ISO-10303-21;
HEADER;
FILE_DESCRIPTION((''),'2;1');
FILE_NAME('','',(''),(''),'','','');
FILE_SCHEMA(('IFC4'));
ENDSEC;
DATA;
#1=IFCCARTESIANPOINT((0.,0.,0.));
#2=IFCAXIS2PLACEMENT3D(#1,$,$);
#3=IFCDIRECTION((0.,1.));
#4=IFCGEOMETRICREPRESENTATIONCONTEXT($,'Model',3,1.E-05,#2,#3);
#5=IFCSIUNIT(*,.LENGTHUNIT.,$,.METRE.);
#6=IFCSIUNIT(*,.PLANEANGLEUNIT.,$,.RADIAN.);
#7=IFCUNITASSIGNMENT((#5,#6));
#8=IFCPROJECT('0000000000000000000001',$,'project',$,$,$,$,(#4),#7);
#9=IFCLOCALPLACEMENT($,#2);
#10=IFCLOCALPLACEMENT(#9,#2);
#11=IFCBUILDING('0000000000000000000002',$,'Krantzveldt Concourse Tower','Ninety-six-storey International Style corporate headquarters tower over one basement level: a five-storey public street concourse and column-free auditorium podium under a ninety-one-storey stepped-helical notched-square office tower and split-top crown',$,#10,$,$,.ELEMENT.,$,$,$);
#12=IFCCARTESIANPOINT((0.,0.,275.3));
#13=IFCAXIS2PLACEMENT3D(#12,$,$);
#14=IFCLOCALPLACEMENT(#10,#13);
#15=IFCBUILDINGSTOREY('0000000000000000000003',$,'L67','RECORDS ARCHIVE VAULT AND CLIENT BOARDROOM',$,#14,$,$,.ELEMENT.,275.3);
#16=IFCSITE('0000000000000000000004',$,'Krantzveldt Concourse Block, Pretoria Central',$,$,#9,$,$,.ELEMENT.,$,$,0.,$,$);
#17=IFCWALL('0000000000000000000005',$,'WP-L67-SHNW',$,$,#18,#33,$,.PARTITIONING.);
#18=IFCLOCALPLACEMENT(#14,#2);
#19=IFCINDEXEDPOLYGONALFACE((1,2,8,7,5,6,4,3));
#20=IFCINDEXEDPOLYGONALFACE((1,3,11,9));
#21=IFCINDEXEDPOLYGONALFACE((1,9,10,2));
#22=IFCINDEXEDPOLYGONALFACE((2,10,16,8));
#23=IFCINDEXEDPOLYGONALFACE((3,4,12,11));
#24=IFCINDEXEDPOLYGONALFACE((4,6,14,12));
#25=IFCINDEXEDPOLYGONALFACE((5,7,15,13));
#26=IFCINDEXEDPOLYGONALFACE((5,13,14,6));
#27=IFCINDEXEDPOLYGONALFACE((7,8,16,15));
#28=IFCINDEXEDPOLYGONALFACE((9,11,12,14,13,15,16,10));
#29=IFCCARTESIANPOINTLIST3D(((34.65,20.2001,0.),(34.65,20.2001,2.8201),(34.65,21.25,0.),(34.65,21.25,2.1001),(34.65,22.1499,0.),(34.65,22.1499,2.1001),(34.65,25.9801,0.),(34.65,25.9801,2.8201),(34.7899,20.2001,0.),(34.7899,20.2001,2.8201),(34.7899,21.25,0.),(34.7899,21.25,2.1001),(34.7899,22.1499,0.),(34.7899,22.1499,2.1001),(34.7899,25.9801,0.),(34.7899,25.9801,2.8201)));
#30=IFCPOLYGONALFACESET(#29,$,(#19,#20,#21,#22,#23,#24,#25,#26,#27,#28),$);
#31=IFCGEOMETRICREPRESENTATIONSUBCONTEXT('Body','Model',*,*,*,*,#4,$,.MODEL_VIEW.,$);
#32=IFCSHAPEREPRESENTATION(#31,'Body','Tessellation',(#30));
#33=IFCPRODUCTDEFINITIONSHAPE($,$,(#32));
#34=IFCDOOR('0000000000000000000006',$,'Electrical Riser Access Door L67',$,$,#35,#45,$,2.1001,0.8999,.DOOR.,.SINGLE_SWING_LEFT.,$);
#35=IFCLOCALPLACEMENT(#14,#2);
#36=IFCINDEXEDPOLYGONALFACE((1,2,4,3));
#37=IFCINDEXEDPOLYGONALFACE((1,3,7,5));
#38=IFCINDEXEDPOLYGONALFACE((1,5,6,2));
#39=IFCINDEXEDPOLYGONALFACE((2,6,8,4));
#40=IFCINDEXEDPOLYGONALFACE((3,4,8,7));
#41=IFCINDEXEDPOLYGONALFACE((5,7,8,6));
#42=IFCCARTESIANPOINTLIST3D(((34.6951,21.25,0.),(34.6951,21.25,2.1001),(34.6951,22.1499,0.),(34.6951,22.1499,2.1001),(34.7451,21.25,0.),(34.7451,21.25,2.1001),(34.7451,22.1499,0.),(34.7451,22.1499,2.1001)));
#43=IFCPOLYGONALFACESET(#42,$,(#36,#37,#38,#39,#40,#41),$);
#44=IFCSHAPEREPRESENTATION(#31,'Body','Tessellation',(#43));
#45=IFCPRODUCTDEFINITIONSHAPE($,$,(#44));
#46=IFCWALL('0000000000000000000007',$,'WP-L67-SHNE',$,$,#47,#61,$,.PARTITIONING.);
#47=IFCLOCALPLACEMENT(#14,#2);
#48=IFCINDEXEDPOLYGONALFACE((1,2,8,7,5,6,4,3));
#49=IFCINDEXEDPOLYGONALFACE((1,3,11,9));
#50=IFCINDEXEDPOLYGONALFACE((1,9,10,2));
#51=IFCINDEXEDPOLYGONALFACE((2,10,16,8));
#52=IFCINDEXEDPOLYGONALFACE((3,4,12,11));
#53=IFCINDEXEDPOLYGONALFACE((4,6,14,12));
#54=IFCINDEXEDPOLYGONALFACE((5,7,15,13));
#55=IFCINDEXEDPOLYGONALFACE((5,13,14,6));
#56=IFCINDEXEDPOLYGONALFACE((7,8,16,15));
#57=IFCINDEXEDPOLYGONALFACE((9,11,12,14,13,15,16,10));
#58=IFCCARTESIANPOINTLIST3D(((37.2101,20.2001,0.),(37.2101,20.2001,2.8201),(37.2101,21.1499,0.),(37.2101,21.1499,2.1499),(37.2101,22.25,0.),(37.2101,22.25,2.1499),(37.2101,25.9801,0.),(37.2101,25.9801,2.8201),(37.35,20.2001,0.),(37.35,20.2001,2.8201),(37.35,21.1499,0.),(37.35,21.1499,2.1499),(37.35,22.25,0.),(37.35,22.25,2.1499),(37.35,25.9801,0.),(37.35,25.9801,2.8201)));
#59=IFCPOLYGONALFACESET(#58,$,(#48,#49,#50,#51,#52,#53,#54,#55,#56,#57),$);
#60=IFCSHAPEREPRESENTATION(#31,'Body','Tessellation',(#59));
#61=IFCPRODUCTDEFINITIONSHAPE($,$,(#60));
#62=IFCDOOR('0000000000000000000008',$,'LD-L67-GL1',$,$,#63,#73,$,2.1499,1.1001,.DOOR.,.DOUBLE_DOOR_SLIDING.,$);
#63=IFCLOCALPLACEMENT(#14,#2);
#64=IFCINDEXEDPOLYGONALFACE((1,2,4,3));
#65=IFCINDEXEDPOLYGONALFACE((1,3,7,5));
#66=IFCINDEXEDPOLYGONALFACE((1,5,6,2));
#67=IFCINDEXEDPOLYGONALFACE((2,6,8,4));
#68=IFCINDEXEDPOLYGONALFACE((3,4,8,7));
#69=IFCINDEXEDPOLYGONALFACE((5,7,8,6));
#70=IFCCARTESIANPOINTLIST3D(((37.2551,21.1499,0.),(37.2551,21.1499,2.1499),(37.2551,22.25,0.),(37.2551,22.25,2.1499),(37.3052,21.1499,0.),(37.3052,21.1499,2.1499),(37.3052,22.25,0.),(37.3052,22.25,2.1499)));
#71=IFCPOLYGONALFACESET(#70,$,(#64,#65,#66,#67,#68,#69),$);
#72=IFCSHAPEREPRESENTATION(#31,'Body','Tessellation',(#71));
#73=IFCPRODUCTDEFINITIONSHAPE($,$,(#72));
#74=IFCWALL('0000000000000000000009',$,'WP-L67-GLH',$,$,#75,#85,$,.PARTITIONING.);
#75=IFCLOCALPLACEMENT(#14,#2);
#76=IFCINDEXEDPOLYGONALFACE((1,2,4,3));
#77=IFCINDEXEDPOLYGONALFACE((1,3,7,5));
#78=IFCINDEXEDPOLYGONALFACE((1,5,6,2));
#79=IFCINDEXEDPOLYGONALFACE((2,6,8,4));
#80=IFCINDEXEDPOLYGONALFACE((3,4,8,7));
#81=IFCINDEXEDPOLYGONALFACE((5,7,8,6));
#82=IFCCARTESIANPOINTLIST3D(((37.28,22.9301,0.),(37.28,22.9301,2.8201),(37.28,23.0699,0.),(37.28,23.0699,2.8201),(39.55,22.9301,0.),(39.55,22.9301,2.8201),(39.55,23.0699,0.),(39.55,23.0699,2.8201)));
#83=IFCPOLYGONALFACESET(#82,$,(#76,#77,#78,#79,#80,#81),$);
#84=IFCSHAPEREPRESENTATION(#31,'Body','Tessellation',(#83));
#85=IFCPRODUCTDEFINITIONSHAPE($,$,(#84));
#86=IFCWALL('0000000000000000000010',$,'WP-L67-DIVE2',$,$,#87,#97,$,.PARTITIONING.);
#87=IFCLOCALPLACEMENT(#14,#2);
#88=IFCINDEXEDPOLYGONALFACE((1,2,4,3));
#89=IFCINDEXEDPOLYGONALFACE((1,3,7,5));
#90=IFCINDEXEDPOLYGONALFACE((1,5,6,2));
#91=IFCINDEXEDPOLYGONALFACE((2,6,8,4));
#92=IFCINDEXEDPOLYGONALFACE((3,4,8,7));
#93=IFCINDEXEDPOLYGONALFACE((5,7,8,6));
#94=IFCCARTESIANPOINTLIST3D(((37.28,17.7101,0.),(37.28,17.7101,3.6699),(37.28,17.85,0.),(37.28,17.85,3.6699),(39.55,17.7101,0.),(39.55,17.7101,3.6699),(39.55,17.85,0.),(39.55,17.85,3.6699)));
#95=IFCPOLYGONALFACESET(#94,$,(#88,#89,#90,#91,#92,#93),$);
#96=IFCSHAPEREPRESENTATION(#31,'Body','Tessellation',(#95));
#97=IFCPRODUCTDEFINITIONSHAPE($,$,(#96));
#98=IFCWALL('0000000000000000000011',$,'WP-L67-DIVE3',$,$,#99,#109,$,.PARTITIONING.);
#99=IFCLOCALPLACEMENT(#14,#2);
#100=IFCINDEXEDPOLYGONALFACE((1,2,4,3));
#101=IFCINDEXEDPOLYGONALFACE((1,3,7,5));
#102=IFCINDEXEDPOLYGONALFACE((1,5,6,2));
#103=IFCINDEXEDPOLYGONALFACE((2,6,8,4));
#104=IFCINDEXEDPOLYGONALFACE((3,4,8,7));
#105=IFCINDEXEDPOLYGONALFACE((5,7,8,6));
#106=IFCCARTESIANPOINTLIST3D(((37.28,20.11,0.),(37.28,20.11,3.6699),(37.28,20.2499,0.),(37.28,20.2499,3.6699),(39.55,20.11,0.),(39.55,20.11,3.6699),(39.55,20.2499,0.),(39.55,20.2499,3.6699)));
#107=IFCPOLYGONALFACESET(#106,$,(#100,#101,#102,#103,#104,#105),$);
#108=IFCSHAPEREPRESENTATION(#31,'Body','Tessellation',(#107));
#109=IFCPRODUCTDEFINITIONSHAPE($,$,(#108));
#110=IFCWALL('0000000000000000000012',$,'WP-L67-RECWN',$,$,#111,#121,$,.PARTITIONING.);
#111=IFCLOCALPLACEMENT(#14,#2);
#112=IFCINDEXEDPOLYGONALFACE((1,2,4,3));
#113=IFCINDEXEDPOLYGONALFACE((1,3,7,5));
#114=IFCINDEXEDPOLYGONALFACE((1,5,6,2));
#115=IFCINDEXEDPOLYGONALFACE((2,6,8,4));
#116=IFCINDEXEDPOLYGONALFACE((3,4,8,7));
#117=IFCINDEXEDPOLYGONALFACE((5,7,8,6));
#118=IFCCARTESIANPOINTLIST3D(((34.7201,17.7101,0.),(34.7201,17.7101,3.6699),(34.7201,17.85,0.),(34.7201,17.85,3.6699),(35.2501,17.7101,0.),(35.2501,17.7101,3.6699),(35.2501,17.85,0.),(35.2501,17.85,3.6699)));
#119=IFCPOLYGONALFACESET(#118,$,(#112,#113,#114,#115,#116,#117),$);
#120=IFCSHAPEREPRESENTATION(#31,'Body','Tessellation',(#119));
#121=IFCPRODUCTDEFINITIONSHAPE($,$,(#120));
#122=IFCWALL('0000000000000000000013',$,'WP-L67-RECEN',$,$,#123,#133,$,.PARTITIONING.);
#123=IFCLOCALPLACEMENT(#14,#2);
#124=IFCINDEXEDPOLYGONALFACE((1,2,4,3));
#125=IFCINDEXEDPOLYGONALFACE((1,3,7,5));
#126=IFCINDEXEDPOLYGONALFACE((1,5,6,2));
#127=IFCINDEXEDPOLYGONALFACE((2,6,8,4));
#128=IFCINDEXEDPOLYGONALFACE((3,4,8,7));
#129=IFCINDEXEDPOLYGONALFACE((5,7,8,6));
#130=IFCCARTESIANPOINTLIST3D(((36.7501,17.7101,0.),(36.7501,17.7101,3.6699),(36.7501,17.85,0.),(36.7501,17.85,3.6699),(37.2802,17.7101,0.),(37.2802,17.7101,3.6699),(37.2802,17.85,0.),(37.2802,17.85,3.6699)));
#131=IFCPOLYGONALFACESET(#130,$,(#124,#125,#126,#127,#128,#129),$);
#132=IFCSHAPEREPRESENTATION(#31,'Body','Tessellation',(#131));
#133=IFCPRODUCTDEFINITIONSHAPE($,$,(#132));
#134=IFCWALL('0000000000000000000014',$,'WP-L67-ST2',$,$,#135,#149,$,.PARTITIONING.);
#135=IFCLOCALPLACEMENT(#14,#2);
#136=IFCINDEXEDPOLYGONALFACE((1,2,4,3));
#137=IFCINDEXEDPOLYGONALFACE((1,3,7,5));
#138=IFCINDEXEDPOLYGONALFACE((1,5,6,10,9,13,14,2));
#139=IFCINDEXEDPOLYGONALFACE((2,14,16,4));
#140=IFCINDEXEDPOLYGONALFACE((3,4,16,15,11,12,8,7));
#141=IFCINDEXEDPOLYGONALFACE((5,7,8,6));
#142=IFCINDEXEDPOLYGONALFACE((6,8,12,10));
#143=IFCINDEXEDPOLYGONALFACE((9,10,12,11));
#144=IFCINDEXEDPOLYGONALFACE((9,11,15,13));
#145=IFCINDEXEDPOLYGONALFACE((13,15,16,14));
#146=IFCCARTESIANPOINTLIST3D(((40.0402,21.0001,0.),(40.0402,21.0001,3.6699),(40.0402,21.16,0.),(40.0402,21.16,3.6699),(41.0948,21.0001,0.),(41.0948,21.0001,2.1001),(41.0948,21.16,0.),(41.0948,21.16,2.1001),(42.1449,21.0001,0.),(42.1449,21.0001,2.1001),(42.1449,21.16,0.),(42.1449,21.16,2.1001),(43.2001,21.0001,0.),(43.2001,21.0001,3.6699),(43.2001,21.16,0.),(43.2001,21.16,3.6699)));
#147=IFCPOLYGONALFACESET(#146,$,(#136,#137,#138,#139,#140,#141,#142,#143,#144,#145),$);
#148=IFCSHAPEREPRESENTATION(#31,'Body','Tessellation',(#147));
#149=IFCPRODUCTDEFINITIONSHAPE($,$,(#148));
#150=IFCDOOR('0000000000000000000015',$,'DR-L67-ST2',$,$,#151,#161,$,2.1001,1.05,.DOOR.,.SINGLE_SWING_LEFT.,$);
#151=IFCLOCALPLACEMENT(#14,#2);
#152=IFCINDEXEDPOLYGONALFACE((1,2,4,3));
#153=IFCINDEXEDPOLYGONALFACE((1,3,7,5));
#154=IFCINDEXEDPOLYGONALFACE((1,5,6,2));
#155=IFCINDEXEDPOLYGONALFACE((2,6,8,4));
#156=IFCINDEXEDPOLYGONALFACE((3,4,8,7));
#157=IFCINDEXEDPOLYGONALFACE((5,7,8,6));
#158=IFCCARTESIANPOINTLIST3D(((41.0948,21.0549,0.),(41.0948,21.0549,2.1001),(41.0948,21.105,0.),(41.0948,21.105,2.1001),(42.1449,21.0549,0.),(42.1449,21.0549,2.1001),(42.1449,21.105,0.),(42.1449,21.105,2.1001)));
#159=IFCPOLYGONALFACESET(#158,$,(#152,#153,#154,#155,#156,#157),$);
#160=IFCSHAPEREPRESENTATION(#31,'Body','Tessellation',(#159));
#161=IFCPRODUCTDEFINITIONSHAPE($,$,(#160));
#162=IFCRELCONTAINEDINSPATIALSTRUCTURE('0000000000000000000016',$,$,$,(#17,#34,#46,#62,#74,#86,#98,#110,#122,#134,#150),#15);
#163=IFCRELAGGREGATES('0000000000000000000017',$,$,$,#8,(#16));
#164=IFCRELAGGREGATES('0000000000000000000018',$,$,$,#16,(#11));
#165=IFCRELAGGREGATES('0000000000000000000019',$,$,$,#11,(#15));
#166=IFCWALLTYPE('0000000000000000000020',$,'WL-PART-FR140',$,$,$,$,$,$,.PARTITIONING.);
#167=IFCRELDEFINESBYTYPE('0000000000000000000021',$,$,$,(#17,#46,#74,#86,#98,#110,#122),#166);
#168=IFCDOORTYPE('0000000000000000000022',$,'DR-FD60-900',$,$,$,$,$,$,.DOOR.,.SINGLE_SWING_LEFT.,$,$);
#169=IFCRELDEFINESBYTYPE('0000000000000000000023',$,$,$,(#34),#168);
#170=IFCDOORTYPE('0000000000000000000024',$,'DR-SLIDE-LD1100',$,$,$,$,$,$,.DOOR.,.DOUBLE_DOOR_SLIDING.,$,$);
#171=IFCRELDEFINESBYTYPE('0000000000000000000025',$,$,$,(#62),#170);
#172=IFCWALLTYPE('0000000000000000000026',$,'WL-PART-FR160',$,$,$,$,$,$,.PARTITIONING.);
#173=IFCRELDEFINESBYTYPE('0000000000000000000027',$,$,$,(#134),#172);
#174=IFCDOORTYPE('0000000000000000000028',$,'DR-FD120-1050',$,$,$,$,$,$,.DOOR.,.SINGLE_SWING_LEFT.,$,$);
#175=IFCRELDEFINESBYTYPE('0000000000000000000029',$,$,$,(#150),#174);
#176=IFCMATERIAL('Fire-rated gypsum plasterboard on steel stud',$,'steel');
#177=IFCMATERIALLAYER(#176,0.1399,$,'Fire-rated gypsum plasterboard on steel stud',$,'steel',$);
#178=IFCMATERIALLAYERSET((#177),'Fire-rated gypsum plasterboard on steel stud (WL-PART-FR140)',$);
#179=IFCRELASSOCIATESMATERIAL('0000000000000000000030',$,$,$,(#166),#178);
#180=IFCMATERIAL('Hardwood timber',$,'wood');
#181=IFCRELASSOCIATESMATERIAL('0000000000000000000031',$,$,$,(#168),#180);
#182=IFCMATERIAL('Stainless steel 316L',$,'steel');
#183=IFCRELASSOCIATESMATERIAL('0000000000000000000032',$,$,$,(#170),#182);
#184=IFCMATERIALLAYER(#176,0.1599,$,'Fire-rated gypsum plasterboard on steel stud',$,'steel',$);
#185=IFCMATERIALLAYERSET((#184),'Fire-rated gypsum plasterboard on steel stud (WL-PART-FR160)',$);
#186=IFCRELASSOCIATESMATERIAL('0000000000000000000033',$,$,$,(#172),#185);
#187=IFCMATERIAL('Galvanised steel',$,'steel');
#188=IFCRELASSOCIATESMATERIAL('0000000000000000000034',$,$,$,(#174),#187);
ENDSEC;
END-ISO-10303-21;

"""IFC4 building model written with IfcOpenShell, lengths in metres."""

from ifc_helpers import new_model, si_unit, direction, frame, frame_2d, origin, place, context, subcontext, project, spatial, rectangle, extrude, material, layer, layer_set, type_object, element, fill, save


model = new_model("IFC4")

# Units and contexts
model_context = context("Model", 3, precision=1e-05, world=origin(), true_north=direction((0.0, 1.0)))
body_context = subcontext(model_context, "Body", "Model", "MODEL_VIEW")
ifc_project = project(units=[si_unit("LENGTHUNIT", "METRE"), si_unit("PLANEANGLEUNIT", "RADIAN")], contexts=[model_context])

# Site, building, storey
site_placement = place(None, origin())
site = spatial("IfcSite", under=ifc_project, at=site_placement, Name="Krantzveldt Concourse Block, Pretoria Central", CompositionType="ELEMENT", RefElevation=0.0)
building_placement = place(site_placement, origin())
building = spatial("IfcBuilding", under=site, at=building_placement, Name="Krantzveldt Concourse Tower", Description="Ninety-six-storey International Style corporate headquarters tower over one basement level: a five-storey public street concourse and column-free auditorium podium under a ninety-one-storey stepped-helical notched-square office tower and split-top crown", CompositionType="ELEMENT")
storey_placement = place(building_placement, frame((0.0, 0.0, 275.3)))
storey = spatial("IfcBuildingStorey", under=building, at=storey_placement, Name="L67", Description="RECORDS ARCHIVE VAULT AND CLIENT BOARDROOM", CompositionType="ELEMENT", Elevation=275.3)

# Walls, openings, doors
ifc_material_1 = material(Name="Fire-rated gypsum plasterboard on steel stud", Category="steel")
ifc_layer_1 = layer(ifc_material_1, 0.1399, Name="Fire-rated gypsum plasterboard on steel stud", Category="steel")
ifc_layer_set_1 = layer_set([ifc_layer_1], Name="Fire-rated gypsum plasterboard on steel stud (WL-PART-FR140)")
wall_type_1 = type_object("IfcWallType", Name="WL-PART-FR140", PredefinedType="PARTITIONING", material=ifc_layer_set_1)
wall_1_placement = place(storey_placement, frame((34.72, 20.2, 0.0), z_axis=(0.0, 0.0, 1.0), x_axis=(0.0, 1.0, 0.0)))
wall_1 = element("IfcWall", 1, at=wall_1_placement, inside=storey, type_object=wall_type_1, Name="WP-L67-SHNW", PredefinedType="PARTITIONING", context=body_context, shape_type="SweptSolid", body=[
    extrude(rectangle(XDim=5.78, YDim=0.1399, at=frame_2d((2.8901, 0.0))), origin(), (0.0, 0.0, 1.0), 2.8201),
])
opening_1_placement = place(wall_1_placement, frame((1.05, 0.0, 0.0)))
opening_1 = element("IfcOpeningElement", 2, at=opening_1_placement, cuts=wall_1, PredefinedType="OPENING", context=body_context, shape_type="SweptSolid", body=[
    extrude(rectangle(XDim=0.8999, YDim=2.1001, at=frame_2d((0.45, 1.05))), frame((0.0, 0.0801, 0.0), z_axis=(0.0, -1.0, 0.0), x_axis=(1.0, 0.0, 0.0)), (0.0, 0.0, 1.0), 0.1599),
])
ifc_material_2 = material(Name="Hardwood timber", Category="wood")
door_type_1 = type_object("IfcDoorType", Name="DR-FD60-900", OperationType="SINGLE_SWING_LEFT", PredefinedType="DOOR", material=ifc_material_2)
door_1_placement = place(opening_1_placement, origin())
door_1 = element("IfcDoor", 3, at=door_1_placement, inside=storey, type_object=door_type_1, Name="Electrical Riser Access Door L67", OperationType="SINGLE_SWING_LEFT", OverallHeight=2.1001, OverallWidth=0.8999, PredefinedType="DOOR", context=body_context, shape_type="SweptSolid", body=[
    extrude(rectangle(XDim=0.8999, YDim=2.1001, at=frame_2d((0.45, 1.05))), frame((0.0, 0.0249, 0.0), z_axis=(0.0, -1.0, 0.0), x_axis=(1.0, 0.0, 0.0)), (0.0, 0.0, 1.0), 0.05),
])
fill(opening_1, door_1)
wall_2_placement = place(storey_placement, frame((37.28, 20.2, 0.0), z_axis=(0.0, 0.0, 1.0), x_axis=(0.0, 1.0, 0.0)))
wall_2 = element("IfcWall", 4, at=wall_2_placement, inside=storey, type_object=wall_type_1, Name="WP-L67-SHNE", PredefinedType="PARTITIONING", context=body_context, shape_type="SweptSolid", body=[
    extrude(rectangle(XDim=5.78, YDim=0.1399, at=frame_2d((2.8901, 0.0))), origin(), (0.0, 0.0, 1.0), 2.8201),
])
opening_2_placement = place(wall_2_placement, frame((0.95, 0.0, 0.0)))
opening_2 = element("IfcOpeningElement", 5, at=opening_2_placement, cuts=wall_2, PredefinedType="OPENING", context=body_context, shape_type="SweptSolid", body=[
    extrude(rectangle(XDim=1.1001, YDim=2.1499, at=frame_2d((0.55, 1.075))), frame((0.0, 0.0801, 0.0), z_axis=(0.0, -1.0, 0.0), x_axis=(1.0, 0.0, 0.0)), (0.0, 0.0, 1.0), 0.1599),
])
ifc_material_3 = material(Name="Stainless steel 316L", Category="steel")
door_type_2 = type_object("IfcDoorType", Name="DR-SLIDE-LD1100", OperationType="DOUBLE_DOOR_SLIDING", PredefinedType="DOOR", material=ifc_material_3)
door_2_placement = place(opening_2_placement, origin())
door_2 = element("IfcDoor", 6, at=door_2_placement, inside=storey, type_object=door_type_2, Name="LD-L67-GL1", OperationType="DOUBLE_DOOR_SLIDING", OverallHeight=2.1499, OverallWidth=1.1001, PredefinedType="DOOR", context=body_context, shape_type="SweptSolid", body=[
    extrude(rectangle(XDim=1.1001, YDim=2.1499, at=frame_2d((0.55, 1.075))), frame((0.0, 0.0249, 0.0), z_axis=(0.0, -1.0, 0.0), x_axis=(1.0, 0.0, 0.0)), (0.0, 0.0, 1.0), 0.05),
])
fill(opening_2, door_2)

# Wall
wall_3_placement = place(storey_placement, frame((37.28, 23.0, 0.0), z_axis=(0.0, 0.0, 1.0), x_axis=(1.0, 0.0, 0.0)))
element("IfcWall", 7, at=wall_3_placement, inside=storey, type_object=wall_type_1, Name="WP-L67-GLH", PredefinedType="PARTITIONING", context=body_context, shape_type="SweptSolid", body=[
    extrude(rectangle(XDim=2.27, YDim=0.1399, at=frame_2d((1.135, 0.0))), origin(), (0.0, 0.0, 1.0), 2.8201),
])

# Walls
for number, where, z_axis, x_axis, name in (
    (8, (37.28, 17.78, 0.0), (0.0, 0.0, 1.0), (1.0, 0.0, 0.0), "WP-L67-DIVE2"),
    (9, (37.28, 20.1799, 0.0), (0.0, 0.0, 1.0), (1.0, 0.0, 0.0), "WP-L67-DIVE3"),
):
    element("IfcWall", number, at=place(storey_placement, frame(where, z_axis=z_axis, x_axis=x_axis)), inside=storey, type_object=wall_type_1, Name=name, PredefinedType="PARTITIONING", context=body_context, shape_type="SweptSolid", body=[
        extrude(rectangle(XDim=2.27, YDim=0.1399, at=frame_2d((1.135, 0.0))), origin(), (0.0, 0.0, 1.0), 3.6699),
    ])
for number, where, z_axis, x_axis, name in (
    (10, (34.72, 17.78, 0.0), (0.0, 0.0, 1.0), (1.0, 0.0, 0.0), "WP-L67-RECWN"),
    (11, (36.75, 17.78, 0.0), (0.0, 0.0, 1.0), (1.0, 0.0, 0.0), "WP-L67-RECEN"),
):
    element("IfcWall", number, at=place(storey_placement, frame(where, z_axis=z_axis, x_axis=x_axis)), inside=storey, type_object=wall_type_1, Name=name, PredefinedType="PARTITIONING", context=body_context, shape_type="SweptSolid", body=[
        extrude(rectangle(XDim=0.53, YDim=0.1399, at=frame_2d((0.2651, 0.0))), origin(), (0.0, 0.0, 1.0), 3.6699),
    ])

# Wall, opening, door
ifc_layer_2 = layer(ifc_material_1, 0.1599, Name="Fire-rated gypsum plasterboard on steel stud", Category="steel")
ifc_layer_set_2 = layer_set([ifc_layer_2], Name="Fire-rated gypsum plasterboard on steel stud (WL-PART-FR160)")
wall_type_2 = type_object("IfcWallType", Name="WL-PART-FR160", PredefinedType="PARTITIONING", material=ifc_layer_set_2)
wall_4_placement = place(storey_placement, frame((40.04, 21.0801, 0.0), z_axis=(0.0, 0.0, 1.0), x_axis=(1.0, 0.0, 0.0)))
wall_4 = element("IfcWall", 12, at=wall_4_placement, inside=storey, type_object=wall_type_2, Name="WP-L67-ST2", PredefinedType="PARTITIONING", context=body_context, shape_type="SweptSolid", body=[
    extrude(rectangle(XDim=3.1599, YDim=0.1599, at=frame_2d((1.5801, 0.0))), origin(), (0.0, 0.0, 1.0), 3.6699),
])
opening_3_placement = place(wall_4_placement, frame((1.0549, 0.0, 0.0)))
opening_3 = element("IfcOpeningElement", 13, at=opening_3_placement, cuts=wall_4, PredefinedType="OPENING", context=body_context, shape_type="SweptSolid", body=[
    extrude(rectangle(XDim=1.05, YDim=2.1001, at=frame_2d((0.5249, 1.05))), frame((0.0, 0.0898, 0.0), z_axis=(0.0, -1.0, 0.0), x_axis=(1.0, 0.0, 0.0)), (0.0, 0.0, 1.0), 0.1799),
])
ifc_material_4 = material(Name="Galvanised steel", Category="steel")
door_type_3 = type_object("IfcDoorType", Name="DR-FD120-1050", OperationType="SINGLE_SWING_LEFT", PredefinedType="DOOR", material=ifc_material_4)
door_3_placement = place(opening_3_placement, origin())
door_3 = element("IfcDoor", 14, at=door_3_placement, inside=storey, type_object=door_type_3, Name="DR-L67-ST2", OperationType="SINGLE_SWING_LEFT", OverallHeight=2.1001, OverallWidth=1.05, PredefinedType="DOOR", context=body_context, shape_type="SweptSolid", body=[
    extrude(rectangle(XDim=1.05, YDim=2.1001, at=frame_2d((0.5249, 1.05))), frame((0.0, 0.0249, 0.0), z_axis=(0.0, -1.0, 0.0), x_axis=(1.0, 0.0, 0.0)), (0.0, 0.0, 1.0), 0.05),
])
fill(opening_3, door_3)

save(model, "model.ifc")
